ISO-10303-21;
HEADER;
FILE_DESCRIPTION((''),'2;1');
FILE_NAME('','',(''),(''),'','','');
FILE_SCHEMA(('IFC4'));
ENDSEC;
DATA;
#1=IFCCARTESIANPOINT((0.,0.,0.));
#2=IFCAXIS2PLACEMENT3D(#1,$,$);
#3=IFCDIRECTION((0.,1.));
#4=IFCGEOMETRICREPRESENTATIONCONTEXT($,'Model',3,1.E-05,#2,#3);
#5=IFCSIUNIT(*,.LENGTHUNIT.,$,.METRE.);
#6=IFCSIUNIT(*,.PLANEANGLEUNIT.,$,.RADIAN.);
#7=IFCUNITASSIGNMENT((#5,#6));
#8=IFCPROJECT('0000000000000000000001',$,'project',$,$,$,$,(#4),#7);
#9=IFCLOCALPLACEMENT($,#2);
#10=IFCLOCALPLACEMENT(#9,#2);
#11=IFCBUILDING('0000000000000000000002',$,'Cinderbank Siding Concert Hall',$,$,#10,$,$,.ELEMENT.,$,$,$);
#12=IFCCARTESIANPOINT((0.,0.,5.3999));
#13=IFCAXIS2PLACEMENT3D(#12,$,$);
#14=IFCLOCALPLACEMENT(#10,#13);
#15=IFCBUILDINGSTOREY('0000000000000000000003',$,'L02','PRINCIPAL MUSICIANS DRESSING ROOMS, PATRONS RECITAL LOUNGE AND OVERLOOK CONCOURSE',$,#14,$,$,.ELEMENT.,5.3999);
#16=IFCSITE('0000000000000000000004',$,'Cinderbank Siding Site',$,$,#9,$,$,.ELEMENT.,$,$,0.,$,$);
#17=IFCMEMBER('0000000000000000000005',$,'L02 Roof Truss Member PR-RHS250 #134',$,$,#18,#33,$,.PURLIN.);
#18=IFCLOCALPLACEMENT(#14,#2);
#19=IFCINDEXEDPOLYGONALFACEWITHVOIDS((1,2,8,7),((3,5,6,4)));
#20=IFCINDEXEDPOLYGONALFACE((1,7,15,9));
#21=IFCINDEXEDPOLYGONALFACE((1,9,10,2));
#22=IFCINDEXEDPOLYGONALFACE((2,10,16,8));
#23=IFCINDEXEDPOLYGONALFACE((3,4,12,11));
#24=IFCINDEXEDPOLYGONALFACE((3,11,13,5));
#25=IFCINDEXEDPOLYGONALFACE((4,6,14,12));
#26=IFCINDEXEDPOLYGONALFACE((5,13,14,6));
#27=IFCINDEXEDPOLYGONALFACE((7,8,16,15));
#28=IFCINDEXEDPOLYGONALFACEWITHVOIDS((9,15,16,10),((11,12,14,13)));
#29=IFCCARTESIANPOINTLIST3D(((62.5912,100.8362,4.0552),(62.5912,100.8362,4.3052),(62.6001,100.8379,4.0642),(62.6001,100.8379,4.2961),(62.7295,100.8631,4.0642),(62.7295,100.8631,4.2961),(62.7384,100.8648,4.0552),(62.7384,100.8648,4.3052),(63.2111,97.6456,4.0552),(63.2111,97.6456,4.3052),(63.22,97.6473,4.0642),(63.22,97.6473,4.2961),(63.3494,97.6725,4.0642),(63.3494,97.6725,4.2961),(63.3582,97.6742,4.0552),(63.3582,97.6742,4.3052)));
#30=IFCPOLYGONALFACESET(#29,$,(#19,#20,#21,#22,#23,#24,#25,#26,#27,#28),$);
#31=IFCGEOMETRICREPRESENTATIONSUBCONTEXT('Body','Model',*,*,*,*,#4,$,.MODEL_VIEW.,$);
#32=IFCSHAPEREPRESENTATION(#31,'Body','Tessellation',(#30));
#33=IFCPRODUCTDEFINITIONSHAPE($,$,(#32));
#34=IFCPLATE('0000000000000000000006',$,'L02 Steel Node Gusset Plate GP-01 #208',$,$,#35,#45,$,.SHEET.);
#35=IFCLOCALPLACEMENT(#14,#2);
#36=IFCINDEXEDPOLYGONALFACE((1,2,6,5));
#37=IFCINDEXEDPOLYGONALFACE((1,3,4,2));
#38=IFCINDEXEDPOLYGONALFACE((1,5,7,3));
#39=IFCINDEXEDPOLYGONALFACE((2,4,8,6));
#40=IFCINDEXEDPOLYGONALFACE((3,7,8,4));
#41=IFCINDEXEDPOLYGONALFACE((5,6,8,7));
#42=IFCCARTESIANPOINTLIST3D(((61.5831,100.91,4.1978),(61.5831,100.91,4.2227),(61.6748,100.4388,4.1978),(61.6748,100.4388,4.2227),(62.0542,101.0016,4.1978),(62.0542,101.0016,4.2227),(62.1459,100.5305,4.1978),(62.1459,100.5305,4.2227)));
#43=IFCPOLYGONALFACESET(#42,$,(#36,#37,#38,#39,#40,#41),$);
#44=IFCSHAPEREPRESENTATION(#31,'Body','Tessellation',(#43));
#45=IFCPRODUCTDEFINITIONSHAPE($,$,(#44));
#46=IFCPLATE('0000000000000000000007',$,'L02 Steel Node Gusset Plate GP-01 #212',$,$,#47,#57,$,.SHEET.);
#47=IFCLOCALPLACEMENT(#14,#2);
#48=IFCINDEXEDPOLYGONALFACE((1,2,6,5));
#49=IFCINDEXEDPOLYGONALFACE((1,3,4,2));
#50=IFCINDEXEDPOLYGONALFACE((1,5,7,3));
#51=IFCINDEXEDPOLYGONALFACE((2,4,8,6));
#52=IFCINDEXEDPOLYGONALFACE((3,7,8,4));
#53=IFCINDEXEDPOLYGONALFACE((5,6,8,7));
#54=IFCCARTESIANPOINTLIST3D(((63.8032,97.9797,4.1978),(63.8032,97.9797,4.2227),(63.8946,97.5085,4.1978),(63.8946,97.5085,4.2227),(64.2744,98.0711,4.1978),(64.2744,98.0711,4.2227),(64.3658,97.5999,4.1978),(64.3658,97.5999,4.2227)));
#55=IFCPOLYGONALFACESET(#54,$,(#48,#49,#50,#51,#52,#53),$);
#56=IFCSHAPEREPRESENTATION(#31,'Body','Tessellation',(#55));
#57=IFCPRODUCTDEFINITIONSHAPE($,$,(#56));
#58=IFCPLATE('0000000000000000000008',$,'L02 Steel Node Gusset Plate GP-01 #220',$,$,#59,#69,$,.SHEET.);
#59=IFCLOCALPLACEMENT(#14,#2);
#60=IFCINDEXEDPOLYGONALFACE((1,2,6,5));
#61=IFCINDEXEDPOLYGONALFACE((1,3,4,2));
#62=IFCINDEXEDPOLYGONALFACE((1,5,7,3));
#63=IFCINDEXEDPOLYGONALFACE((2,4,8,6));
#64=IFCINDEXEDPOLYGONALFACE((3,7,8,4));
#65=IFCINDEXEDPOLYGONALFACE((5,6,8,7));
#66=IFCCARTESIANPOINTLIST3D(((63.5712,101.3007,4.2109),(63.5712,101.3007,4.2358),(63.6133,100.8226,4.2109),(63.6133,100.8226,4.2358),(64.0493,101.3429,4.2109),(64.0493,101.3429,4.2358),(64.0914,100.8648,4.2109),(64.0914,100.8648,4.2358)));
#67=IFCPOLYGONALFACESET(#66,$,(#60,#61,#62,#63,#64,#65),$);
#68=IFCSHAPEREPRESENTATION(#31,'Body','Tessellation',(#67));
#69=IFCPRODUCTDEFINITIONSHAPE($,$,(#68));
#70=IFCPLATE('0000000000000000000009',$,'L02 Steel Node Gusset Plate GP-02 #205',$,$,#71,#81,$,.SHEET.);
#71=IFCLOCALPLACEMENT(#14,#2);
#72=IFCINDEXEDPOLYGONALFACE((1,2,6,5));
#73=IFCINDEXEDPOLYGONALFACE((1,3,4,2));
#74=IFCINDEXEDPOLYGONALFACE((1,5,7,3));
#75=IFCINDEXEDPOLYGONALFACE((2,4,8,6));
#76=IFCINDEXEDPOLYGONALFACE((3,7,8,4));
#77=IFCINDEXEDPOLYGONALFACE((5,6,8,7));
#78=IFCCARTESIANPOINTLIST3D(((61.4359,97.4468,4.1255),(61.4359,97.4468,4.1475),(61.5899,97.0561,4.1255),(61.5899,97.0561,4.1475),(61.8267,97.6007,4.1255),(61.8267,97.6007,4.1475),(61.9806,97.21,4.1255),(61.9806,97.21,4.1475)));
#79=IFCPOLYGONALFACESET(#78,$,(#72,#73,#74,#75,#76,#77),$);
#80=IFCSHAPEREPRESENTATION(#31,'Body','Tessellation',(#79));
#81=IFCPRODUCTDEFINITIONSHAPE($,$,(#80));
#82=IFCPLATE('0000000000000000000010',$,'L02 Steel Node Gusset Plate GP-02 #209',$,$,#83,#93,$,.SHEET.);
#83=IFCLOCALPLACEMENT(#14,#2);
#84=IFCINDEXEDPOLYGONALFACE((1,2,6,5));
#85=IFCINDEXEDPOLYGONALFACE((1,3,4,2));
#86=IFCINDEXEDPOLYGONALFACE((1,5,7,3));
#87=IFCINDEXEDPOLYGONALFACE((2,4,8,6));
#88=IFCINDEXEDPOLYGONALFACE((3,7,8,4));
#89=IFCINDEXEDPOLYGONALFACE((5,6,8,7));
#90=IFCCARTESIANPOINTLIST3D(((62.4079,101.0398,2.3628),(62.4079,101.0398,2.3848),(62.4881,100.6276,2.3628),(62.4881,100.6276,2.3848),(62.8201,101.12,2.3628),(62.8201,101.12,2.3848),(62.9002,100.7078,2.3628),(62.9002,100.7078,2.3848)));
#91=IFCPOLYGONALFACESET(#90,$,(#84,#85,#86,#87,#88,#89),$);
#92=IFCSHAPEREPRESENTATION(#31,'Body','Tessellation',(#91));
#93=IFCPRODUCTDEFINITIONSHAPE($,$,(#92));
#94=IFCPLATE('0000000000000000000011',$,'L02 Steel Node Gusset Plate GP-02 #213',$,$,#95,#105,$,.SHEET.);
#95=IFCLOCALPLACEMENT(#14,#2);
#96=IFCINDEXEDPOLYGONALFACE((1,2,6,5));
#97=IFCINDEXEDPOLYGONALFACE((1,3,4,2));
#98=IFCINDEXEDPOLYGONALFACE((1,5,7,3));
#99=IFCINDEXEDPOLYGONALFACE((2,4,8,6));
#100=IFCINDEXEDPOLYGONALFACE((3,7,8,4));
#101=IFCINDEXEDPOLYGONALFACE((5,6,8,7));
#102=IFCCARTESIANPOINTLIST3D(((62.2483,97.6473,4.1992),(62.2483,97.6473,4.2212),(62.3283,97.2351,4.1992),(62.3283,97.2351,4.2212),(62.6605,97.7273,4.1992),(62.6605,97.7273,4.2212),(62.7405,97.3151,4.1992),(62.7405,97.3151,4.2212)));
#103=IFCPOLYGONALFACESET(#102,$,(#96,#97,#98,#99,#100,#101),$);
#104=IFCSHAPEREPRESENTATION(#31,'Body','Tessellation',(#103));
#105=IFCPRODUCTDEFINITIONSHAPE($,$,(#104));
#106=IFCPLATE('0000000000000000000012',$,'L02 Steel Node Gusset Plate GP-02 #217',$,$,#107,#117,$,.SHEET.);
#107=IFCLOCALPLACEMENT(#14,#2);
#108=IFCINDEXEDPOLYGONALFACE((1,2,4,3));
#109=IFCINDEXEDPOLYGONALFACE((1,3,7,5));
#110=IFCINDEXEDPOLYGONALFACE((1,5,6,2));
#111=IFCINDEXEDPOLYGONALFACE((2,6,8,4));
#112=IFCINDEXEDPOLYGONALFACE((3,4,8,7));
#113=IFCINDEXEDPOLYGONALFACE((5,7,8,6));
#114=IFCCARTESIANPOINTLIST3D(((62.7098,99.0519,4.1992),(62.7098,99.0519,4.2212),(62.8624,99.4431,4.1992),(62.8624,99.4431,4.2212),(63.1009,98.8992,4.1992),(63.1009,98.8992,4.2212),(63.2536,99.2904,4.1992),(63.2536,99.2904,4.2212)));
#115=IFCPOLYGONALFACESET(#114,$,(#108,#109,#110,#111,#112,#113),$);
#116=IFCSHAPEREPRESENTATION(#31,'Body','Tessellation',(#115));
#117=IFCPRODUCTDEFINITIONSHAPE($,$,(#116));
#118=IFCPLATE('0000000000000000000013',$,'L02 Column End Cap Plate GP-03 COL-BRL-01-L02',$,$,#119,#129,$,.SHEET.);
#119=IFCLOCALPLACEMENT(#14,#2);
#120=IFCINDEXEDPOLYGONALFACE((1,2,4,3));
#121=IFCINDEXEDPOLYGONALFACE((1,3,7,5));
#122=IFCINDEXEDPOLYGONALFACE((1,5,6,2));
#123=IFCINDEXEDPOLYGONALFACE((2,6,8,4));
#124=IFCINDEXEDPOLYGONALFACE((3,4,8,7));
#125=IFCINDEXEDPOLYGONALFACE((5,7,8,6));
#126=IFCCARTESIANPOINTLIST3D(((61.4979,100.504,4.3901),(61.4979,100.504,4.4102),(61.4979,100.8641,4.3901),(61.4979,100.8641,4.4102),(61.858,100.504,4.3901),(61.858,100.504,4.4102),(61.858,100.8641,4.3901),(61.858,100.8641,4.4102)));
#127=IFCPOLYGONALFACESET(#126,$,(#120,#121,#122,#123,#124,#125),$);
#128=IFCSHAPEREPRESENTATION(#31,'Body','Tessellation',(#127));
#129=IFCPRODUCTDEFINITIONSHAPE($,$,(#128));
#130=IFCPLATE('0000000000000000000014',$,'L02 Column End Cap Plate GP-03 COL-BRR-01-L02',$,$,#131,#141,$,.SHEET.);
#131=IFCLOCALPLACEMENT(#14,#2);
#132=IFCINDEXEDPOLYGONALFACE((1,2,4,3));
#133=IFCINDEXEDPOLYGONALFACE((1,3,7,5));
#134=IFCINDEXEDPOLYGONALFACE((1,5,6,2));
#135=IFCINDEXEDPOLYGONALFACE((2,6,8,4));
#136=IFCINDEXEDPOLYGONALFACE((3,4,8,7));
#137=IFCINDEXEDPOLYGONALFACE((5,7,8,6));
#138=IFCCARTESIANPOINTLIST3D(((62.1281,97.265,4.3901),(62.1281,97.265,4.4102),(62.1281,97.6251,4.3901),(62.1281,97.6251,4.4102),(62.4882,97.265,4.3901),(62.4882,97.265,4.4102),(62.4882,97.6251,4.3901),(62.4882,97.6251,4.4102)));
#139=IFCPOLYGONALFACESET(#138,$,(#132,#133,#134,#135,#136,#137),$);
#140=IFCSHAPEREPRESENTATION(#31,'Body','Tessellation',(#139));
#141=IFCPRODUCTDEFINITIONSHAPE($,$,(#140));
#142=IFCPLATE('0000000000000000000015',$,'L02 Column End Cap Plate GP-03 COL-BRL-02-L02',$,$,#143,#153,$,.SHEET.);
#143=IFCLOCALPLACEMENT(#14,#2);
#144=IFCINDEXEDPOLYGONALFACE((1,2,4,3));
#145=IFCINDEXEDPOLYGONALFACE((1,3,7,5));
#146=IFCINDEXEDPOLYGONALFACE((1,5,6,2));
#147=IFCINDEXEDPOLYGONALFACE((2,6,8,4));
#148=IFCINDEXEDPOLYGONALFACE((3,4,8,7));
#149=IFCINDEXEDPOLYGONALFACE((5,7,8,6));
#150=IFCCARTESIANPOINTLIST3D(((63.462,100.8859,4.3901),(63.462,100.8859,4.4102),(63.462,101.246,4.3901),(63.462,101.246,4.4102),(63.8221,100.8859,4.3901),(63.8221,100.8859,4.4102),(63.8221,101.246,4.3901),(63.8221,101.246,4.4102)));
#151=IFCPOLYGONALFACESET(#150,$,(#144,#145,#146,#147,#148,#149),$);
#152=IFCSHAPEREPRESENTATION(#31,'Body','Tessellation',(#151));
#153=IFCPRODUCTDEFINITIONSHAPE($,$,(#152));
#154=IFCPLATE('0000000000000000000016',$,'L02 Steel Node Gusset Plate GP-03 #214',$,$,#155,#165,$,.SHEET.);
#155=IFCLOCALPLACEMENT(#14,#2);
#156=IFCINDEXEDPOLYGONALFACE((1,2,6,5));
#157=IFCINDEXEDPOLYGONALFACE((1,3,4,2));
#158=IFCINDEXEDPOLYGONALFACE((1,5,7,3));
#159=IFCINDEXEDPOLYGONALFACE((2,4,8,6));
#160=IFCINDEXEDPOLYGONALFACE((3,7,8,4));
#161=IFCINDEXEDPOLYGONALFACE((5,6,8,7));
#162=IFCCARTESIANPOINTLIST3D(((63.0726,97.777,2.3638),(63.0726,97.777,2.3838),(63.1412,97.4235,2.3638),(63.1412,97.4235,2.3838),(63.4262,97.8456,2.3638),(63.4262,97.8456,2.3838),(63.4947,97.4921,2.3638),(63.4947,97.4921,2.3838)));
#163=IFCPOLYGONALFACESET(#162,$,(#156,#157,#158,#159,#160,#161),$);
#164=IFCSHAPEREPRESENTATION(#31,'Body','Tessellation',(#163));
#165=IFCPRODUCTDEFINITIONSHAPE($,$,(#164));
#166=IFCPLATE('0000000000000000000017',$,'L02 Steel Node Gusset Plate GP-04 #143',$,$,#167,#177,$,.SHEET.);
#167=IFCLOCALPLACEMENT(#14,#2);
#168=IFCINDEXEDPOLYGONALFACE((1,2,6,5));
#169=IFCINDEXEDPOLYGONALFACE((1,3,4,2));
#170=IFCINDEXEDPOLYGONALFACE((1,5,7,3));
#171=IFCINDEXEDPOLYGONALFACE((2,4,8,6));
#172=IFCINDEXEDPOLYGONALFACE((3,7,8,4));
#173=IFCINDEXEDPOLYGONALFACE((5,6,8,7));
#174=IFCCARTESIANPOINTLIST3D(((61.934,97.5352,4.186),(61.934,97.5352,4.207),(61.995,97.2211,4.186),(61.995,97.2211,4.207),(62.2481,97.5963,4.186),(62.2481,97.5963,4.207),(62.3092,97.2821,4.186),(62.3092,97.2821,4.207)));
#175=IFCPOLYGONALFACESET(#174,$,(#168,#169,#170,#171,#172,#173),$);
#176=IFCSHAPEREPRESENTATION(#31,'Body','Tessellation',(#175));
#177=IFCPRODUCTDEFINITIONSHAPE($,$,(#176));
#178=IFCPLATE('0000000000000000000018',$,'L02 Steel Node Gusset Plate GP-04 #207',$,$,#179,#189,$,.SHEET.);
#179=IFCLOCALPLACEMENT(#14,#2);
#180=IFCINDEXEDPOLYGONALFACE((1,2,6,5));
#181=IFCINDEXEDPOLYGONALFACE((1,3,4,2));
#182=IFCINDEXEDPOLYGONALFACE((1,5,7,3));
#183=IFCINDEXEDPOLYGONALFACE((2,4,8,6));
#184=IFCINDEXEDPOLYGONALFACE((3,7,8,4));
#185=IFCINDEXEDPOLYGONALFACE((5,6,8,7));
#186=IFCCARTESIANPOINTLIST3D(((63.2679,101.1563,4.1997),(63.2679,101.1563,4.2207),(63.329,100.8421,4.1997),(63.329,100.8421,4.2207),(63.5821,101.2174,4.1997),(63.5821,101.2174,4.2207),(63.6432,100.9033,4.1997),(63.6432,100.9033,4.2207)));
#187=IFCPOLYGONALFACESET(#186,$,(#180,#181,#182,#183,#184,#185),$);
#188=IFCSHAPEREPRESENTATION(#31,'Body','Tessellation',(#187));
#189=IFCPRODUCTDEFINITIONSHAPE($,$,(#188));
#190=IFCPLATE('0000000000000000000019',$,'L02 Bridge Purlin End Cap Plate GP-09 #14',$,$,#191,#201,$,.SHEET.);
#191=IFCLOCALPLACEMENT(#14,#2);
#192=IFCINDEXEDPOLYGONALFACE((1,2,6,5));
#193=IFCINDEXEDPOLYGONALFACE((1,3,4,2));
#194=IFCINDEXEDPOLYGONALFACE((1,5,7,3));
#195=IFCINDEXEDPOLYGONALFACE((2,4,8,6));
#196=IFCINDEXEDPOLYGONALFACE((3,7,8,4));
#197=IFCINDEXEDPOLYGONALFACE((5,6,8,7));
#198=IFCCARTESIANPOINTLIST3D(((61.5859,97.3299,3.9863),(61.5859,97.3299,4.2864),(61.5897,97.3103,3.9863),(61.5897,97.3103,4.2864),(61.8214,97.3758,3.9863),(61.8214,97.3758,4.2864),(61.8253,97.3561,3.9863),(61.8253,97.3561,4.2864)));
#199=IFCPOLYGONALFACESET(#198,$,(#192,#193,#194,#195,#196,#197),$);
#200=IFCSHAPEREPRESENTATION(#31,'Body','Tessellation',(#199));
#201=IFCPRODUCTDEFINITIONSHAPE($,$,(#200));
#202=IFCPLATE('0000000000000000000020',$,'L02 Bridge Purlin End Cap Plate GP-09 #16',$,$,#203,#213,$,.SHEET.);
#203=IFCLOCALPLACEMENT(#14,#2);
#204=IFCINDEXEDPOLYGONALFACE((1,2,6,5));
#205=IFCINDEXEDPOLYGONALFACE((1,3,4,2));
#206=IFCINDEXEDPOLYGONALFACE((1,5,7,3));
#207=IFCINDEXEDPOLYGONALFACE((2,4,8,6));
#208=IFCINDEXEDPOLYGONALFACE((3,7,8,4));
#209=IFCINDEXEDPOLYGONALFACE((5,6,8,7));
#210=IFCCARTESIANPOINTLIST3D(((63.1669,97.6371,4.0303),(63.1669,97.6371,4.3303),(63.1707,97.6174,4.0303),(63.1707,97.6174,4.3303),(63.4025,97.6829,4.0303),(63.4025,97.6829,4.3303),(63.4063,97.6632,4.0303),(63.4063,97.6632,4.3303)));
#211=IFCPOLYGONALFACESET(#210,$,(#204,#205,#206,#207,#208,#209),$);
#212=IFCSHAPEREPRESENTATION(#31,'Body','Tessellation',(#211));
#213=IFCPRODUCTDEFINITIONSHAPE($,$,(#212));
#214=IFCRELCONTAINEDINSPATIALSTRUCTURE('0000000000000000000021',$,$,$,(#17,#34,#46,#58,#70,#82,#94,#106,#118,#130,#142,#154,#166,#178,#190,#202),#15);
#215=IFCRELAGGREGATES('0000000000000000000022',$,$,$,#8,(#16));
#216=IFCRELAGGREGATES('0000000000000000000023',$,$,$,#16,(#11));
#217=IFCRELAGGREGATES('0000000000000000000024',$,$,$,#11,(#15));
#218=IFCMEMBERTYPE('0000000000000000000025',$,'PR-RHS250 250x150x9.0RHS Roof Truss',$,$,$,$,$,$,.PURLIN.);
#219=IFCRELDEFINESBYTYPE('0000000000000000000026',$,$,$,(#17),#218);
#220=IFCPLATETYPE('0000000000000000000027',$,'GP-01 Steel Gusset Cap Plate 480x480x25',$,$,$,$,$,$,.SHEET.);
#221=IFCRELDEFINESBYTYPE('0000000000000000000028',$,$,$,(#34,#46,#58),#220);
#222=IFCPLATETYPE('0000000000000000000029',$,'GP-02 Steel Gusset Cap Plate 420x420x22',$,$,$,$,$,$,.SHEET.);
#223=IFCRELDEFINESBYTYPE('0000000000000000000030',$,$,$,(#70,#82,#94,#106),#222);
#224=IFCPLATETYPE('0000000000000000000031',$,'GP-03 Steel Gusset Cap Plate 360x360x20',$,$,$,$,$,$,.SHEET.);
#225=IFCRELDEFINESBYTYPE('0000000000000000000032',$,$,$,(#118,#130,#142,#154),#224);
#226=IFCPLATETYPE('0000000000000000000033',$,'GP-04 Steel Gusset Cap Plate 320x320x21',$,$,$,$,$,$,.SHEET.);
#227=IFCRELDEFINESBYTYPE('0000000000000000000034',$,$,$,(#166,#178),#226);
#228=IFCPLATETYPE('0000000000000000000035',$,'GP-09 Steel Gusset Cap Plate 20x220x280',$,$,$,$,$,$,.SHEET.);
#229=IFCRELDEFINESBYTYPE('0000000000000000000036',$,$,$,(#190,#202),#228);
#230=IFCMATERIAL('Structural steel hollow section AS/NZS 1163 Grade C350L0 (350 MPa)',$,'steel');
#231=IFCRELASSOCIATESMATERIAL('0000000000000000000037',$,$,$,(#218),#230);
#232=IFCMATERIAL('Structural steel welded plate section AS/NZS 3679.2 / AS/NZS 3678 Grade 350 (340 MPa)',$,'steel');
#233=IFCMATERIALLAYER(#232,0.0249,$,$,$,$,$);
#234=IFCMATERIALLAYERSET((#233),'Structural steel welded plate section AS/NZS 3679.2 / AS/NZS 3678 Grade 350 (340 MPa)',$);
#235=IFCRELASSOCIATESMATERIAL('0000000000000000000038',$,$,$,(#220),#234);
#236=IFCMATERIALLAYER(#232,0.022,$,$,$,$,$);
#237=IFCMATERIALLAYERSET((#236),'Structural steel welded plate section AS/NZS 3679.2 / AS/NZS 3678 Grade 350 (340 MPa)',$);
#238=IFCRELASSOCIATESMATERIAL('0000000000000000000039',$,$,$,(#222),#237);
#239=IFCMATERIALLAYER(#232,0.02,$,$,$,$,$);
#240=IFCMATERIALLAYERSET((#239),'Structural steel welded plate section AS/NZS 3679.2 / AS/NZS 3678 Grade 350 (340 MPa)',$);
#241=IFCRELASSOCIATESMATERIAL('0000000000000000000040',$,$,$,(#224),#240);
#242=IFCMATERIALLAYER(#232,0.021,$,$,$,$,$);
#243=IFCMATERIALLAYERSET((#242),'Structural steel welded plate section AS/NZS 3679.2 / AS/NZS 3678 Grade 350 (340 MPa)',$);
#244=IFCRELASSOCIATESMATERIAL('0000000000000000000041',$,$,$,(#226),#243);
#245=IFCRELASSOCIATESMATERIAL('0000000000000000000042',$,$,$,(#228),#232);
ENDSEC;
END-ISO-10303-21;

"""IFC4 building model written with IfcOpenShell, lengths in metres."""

from ifc_helpers import new_model, si_unit, direction, frame, origin, origin_2d, place, context, subcontext, project, spatial, rectangle, hollow_rectangle, extrude, material, layer, layer_set, material_profile, profile_set, type_object, element, save


model = new_model("IFC4")

# Units and contexts
model_context = context("Model", 3, precision=1e-05, world=origin(), true_north=direction((0.0, 1.0)))
body_context = subcontext(model_context, "Body", "Model", "MODEL_VIEW")
ifc_project = project(units=[si_unit("LENGTHUNIT", "METRE"), si_unit("PLANEANGLEUNIT", "RADIAN")], contexts=[model_context])

# Site, building, storey
site_placement = place(None, origin())
site = spatial("IfcSite", under=ifc_project, at=site_placement, Name="Cinderbank Siding Site", CompositionType="ELEMENT", RefElevation=0.0)
building_placement = place(site_placement, origin())
building = spatial("IfcBuilding", under=site, at=building_placement, Name="Cinderbank Siding Concert Hall", CompositionType="ELEMENT")
storey_placement = place(building_placement, frame((0.0, 0.0, 5.3999)))
storey = spatial("IfcBuildingStorey", under=building, at=storey_placement, Name="L02", Description="PRINCIPAL MUSICIANS DRESSING ROOMS, PATRONS RECITAL LOUNGE AND OVERLOOK CONCOURSE", CompositionType="ELEMENT", Elevation=5.3999)

# Shared definitions
ifc_material_1 = material(Name="Structural steel hollow section AS/NZS 1163 Grade C350L0 (350 MPa)", Category="steel")

# Member
ifc_material_profile_1 = material_profile(ifc_material_1, hollow_rectangle(XDim=0.1499, YDim=0.25, WallThickness=0.009, at=origin_2d()), Name="250x150x9.0RHS", Category="LoadBearing")
ifc_profile_set_1 = profile_set([ifc_material_profile_1], Name="Structural steel hollow section AS/NZS 1163 Grade C350L0 (350 MPa)")
member_type_1 = type_object("IfcMemberType", Name="PR-RHS250 250x150x9.0RHS Roof Truss", PredefinedType="PURLIN", material=ifc_profile_set_1)
member_1_placement = place(storey_placement, frame((63.2847, 97.6599, 4.1802), z_axis=(-0.190711, 0.981646, 0.0), x_axis=(-0.981646, -0.190711, 0.0)))
element("IfcMember", 1, at=member_1_placement, inside=storey, type_object=member_type_1, Name="L02 Roof Truss Member PR-RHS250 #134", PredefinedType="PURLIN", context=body_context, shape_type="SweptSolid", body=[
    extrude(hollow_rectangle(XDim=0.1499, YDim=0.25, WallThickness=0.009, at=origin_2d()), origin(), (0.0, 0.0, 1.0), 3.2502),
])

# Plates
ifc_material_2 = material(Name="Structural steel welded plate section AS/NZS 3679.2 / AS/NZS 3678 Grade 350 (340 MPa)", Category="steel")
ifc_layer_1 = layer(ifc_material_2, 0.0249)
ifc_layer_set_1 = layer_set([ifc_layer_1], Name="Structural steel welded plate section AS/NZS 3679.2 / AS/NZS 3678 Grade 350 (340 MPa)")
plate_type_1 = type_object("IfcPlateType", Name="GP-01 Steel Gusset Cap Plate 480x480x25", PredefinedType="SHEET", material=ifc_layer_set_1)
for number, where, z_axis, x_axis, name in (
    (2, (61.8645, 100.7202, 4.1978), (0.0, 0.0, 1.0), (0.981594, 0.19098, 0.0), "L02 Steel Node Gusset Plate GP-01 #208"),
    (3, (64.0845, 97.7898, 4.1978), (0.0, 0.0, 1.0), (0.981694, 0.190466, 0.0), "L02 Steel Node Gusset Plate GP-01 #212"),
    (4, (63.8313, 101.0828, 4.2109), (0.0, 0.0, 1.0), (0.996134, 0.087851, 0.0), "L02 Steel Node Gusset Plate GP-01 #220"),
):
    element("IfcPlate", number, at=place(storey_placement, frame(where, z_axis=z_axis, x_axis=x_axis)), inside=storey, type_object=plate_type_1, Name=name, PredefinedType="SHEET", context=body_context, shape_type="SweptSolid", body=[
        extrude(rectangle(XDim=0.48, YDim=0.48, at=origin_2d()), origin(), (0.0, 0.0, 1.0), 0.0249),
    ])
ifc_layer_2 = layer(ifc_material_2, 0.022)
ifc_layer_set_2 = layer_set([ifc_layer_2], Name="Structural steel welded plate section AS/NZS 3679.2 / AS/NZS 3678 Grade 350 (340 MPa)")
plate_type_2 = type_object("IfcPlateType", Name="GP-02 Steel Gusset Cap Plate 420x420x22", PredefinedType="SHEET", material=ifc_layer_set_2)
for number, where, z_axis, x_axis, name in (
    (5, (61.7083, 97.3284, 4.1255), (0.0, 0.0, 1.0), (0.366501, -0.930418, 0.0), "L02 Steel Node Gusset Plate GP-02 #205"),
    (6, (62.6541, 100.8738, 2.3628), (0.0, 0.0, 1.0), (0.981594, 0.19098, 0.0), "L02 Steel Node Gusset Plate GP-02 #209"),
    (7, (62.4944, 97.4812, 4.1992), (0.0, 0.0, 1.0), (0.981694, 0.190466, 0.0), "L02 Steel Node Gusset Plate GP-02 #213"),
    (8, (62.9817, 99.1711, 4.1992), (0.0, 0.0, 1.0), (0.363576, 0.931564, 0.0), "L02 Steel Node Gusset Plate GP-02 #217"),
):
    element("IfcPlate", number, at=place(storey_placement, frame(where, z_axis=z_axis, x_axis=x_axis)), inside=storey, type_object=plate_type_2, Name=name, PredefinedType="SHEET", context=body_context, shape_type="SweptSolid", body=[
        extrude(rectangle(XDim=0.4199, YDim=0.4199, at=origin_2d()), origin(), (0.0, 0.0, 1.0), 0.022),
    ])
ifc_layer_3 = layer(ifc_material_2, 0.02)
ifc_layer_set_3 = layer_set([ifc_layer_3], Name="Structural steel welded plate section AS/NZS 3679.2 / AS/NZS 3678 Grade 350 (340 MPa)")
plate_type_3 = type_object("IfcPlateType", Name="GP-03 Steel Gusset Cap Plate 360x360x20", PredefinedType="SHEET", material=ifc_layer_set_3)
for number, where, z_axis, x_axis, name in (
    (9, (61.678, 100.6841, 4.3901), (0.0, 0.0, 1.0), (1.0, 0.0, 0.0), "L02 Column End Cap Plate GP-03 COL-BRL-01-L02"),
    (10, (62.3081, 97.4451, 4.3901), (0.0, 0.0, 1.0), (1.0, 0.0, 0.0), "L02 Column End Cap Plate GP-03 COL-BRR-01-L02"),
    (11, (63.6421, 101.0659, 4.3901), (0.0, 0.0, 1.0), (1.0, 0.0, 0.0), "L02 Column End Cap Plate GP-03 COL-BRL-02-L02"),
    (12, (63.2837, 97.6345, 2.3638), (0.0, 0.0, 1.0), (0.981694, 0.190466, 0.0), "L02 Steel Node Gusset Plate GP-03 #214"),
):
    element("IfcPlate", number, at=place(storey_placement, frame(where, z_axis=z_axis, x_axis=x_axis)), inside=storey, type_object=plate_type_3, Name=name, PredefinedType="SHEET", context=body_context, shape_type="SweptSolid", body=[
        extrude(rectangle(XDim=0.3601, YDim=0.3601, at=origin_2d()), origin(), (0.0, 0.0, 1.0), 0.02),
    ])
ifc_layer_4 = layer(ifc_material_2, 0.021)
ifc_layer_set_4 = layer_set([ifc_layer_4], Name="Structural steel welded plate section AS/NZS 3679.2 / AS/NZS 3678 Grade 350 (340 MPa)")
plate_type_4 = type_object("IfcPlateType", Name="GP-04 Steel Gusset Cap Plate 320x320x21", PredefinedType="SHEET", material=ifc_layer_set_4)
for number, where, z_axis, x_axis, name in (
    (13, (62.1216, 97.4087, 4.186), (0.0, 0.0, 1.0), (0.981627, 0.190809, 0.0), "L02 Steel Node Gusset Plate GP-04 #143"),
    (14, (63.4556, 101.0298, 4.1997), (0.0, 0.0, 1.0), (0.981594, 0.19098, 0.0), "L02 Steel Node Gusset Plate GP-04 #207"),
):
    element("IfcPlate", number, at=place(storey_placement, frame(where, z_axis=z_axis, x_axis=x_axis)), inside=storey, type_object=plate_type_4, Name=name, PredefinedType="SHEET", context=body_context, shape_type="SweptSolid", body=[
        extrude(rectangle(XDim=0.3201, YDim=0.3201, at=origin_2d()), origin(), (0.0, 0.0, 1.0), 0.021),
    ])
plate_type_5 = type_object("IfcPlateType", Name="GP-09 Steel Gusset Cap Plate 20x220x280", PredefinedType="SHEET", material=ifc_material_2)
for number, where, z_axis, x_axis, name in (
    (15, (61.7056, 97.343, 3.9863), (0.0, 0.0, 1.0), (-0.19098, 0.981594, 0.0), "L02 Bridge Purlin End Cap Plate GP-09 #14"),
    (16, (63.2866, 97.6501, 4.0303), (0.0, 0.0, 1.0), (-0.190809, 0.981627, 0.0), "L02 Bridge Purlin End Cap Plate GP-09 #16"),
):
    element("IfcPlate", number, at=place(storey_placement, frame(where, z_axis=z_axis, x_axis=x_axis)), inside=storey, type_object=plate_type_5, Name=name, PredefinedType="SHEET", context=body_context, shape_type="SweptSolid", body=[
        extrude(rectangle(XDim=0.02, YDim=0.24, at=origin_2d()), origin(), (0.0, 0.0, 1.0), 0.3),
    ])

save(model, "model.ifc")
